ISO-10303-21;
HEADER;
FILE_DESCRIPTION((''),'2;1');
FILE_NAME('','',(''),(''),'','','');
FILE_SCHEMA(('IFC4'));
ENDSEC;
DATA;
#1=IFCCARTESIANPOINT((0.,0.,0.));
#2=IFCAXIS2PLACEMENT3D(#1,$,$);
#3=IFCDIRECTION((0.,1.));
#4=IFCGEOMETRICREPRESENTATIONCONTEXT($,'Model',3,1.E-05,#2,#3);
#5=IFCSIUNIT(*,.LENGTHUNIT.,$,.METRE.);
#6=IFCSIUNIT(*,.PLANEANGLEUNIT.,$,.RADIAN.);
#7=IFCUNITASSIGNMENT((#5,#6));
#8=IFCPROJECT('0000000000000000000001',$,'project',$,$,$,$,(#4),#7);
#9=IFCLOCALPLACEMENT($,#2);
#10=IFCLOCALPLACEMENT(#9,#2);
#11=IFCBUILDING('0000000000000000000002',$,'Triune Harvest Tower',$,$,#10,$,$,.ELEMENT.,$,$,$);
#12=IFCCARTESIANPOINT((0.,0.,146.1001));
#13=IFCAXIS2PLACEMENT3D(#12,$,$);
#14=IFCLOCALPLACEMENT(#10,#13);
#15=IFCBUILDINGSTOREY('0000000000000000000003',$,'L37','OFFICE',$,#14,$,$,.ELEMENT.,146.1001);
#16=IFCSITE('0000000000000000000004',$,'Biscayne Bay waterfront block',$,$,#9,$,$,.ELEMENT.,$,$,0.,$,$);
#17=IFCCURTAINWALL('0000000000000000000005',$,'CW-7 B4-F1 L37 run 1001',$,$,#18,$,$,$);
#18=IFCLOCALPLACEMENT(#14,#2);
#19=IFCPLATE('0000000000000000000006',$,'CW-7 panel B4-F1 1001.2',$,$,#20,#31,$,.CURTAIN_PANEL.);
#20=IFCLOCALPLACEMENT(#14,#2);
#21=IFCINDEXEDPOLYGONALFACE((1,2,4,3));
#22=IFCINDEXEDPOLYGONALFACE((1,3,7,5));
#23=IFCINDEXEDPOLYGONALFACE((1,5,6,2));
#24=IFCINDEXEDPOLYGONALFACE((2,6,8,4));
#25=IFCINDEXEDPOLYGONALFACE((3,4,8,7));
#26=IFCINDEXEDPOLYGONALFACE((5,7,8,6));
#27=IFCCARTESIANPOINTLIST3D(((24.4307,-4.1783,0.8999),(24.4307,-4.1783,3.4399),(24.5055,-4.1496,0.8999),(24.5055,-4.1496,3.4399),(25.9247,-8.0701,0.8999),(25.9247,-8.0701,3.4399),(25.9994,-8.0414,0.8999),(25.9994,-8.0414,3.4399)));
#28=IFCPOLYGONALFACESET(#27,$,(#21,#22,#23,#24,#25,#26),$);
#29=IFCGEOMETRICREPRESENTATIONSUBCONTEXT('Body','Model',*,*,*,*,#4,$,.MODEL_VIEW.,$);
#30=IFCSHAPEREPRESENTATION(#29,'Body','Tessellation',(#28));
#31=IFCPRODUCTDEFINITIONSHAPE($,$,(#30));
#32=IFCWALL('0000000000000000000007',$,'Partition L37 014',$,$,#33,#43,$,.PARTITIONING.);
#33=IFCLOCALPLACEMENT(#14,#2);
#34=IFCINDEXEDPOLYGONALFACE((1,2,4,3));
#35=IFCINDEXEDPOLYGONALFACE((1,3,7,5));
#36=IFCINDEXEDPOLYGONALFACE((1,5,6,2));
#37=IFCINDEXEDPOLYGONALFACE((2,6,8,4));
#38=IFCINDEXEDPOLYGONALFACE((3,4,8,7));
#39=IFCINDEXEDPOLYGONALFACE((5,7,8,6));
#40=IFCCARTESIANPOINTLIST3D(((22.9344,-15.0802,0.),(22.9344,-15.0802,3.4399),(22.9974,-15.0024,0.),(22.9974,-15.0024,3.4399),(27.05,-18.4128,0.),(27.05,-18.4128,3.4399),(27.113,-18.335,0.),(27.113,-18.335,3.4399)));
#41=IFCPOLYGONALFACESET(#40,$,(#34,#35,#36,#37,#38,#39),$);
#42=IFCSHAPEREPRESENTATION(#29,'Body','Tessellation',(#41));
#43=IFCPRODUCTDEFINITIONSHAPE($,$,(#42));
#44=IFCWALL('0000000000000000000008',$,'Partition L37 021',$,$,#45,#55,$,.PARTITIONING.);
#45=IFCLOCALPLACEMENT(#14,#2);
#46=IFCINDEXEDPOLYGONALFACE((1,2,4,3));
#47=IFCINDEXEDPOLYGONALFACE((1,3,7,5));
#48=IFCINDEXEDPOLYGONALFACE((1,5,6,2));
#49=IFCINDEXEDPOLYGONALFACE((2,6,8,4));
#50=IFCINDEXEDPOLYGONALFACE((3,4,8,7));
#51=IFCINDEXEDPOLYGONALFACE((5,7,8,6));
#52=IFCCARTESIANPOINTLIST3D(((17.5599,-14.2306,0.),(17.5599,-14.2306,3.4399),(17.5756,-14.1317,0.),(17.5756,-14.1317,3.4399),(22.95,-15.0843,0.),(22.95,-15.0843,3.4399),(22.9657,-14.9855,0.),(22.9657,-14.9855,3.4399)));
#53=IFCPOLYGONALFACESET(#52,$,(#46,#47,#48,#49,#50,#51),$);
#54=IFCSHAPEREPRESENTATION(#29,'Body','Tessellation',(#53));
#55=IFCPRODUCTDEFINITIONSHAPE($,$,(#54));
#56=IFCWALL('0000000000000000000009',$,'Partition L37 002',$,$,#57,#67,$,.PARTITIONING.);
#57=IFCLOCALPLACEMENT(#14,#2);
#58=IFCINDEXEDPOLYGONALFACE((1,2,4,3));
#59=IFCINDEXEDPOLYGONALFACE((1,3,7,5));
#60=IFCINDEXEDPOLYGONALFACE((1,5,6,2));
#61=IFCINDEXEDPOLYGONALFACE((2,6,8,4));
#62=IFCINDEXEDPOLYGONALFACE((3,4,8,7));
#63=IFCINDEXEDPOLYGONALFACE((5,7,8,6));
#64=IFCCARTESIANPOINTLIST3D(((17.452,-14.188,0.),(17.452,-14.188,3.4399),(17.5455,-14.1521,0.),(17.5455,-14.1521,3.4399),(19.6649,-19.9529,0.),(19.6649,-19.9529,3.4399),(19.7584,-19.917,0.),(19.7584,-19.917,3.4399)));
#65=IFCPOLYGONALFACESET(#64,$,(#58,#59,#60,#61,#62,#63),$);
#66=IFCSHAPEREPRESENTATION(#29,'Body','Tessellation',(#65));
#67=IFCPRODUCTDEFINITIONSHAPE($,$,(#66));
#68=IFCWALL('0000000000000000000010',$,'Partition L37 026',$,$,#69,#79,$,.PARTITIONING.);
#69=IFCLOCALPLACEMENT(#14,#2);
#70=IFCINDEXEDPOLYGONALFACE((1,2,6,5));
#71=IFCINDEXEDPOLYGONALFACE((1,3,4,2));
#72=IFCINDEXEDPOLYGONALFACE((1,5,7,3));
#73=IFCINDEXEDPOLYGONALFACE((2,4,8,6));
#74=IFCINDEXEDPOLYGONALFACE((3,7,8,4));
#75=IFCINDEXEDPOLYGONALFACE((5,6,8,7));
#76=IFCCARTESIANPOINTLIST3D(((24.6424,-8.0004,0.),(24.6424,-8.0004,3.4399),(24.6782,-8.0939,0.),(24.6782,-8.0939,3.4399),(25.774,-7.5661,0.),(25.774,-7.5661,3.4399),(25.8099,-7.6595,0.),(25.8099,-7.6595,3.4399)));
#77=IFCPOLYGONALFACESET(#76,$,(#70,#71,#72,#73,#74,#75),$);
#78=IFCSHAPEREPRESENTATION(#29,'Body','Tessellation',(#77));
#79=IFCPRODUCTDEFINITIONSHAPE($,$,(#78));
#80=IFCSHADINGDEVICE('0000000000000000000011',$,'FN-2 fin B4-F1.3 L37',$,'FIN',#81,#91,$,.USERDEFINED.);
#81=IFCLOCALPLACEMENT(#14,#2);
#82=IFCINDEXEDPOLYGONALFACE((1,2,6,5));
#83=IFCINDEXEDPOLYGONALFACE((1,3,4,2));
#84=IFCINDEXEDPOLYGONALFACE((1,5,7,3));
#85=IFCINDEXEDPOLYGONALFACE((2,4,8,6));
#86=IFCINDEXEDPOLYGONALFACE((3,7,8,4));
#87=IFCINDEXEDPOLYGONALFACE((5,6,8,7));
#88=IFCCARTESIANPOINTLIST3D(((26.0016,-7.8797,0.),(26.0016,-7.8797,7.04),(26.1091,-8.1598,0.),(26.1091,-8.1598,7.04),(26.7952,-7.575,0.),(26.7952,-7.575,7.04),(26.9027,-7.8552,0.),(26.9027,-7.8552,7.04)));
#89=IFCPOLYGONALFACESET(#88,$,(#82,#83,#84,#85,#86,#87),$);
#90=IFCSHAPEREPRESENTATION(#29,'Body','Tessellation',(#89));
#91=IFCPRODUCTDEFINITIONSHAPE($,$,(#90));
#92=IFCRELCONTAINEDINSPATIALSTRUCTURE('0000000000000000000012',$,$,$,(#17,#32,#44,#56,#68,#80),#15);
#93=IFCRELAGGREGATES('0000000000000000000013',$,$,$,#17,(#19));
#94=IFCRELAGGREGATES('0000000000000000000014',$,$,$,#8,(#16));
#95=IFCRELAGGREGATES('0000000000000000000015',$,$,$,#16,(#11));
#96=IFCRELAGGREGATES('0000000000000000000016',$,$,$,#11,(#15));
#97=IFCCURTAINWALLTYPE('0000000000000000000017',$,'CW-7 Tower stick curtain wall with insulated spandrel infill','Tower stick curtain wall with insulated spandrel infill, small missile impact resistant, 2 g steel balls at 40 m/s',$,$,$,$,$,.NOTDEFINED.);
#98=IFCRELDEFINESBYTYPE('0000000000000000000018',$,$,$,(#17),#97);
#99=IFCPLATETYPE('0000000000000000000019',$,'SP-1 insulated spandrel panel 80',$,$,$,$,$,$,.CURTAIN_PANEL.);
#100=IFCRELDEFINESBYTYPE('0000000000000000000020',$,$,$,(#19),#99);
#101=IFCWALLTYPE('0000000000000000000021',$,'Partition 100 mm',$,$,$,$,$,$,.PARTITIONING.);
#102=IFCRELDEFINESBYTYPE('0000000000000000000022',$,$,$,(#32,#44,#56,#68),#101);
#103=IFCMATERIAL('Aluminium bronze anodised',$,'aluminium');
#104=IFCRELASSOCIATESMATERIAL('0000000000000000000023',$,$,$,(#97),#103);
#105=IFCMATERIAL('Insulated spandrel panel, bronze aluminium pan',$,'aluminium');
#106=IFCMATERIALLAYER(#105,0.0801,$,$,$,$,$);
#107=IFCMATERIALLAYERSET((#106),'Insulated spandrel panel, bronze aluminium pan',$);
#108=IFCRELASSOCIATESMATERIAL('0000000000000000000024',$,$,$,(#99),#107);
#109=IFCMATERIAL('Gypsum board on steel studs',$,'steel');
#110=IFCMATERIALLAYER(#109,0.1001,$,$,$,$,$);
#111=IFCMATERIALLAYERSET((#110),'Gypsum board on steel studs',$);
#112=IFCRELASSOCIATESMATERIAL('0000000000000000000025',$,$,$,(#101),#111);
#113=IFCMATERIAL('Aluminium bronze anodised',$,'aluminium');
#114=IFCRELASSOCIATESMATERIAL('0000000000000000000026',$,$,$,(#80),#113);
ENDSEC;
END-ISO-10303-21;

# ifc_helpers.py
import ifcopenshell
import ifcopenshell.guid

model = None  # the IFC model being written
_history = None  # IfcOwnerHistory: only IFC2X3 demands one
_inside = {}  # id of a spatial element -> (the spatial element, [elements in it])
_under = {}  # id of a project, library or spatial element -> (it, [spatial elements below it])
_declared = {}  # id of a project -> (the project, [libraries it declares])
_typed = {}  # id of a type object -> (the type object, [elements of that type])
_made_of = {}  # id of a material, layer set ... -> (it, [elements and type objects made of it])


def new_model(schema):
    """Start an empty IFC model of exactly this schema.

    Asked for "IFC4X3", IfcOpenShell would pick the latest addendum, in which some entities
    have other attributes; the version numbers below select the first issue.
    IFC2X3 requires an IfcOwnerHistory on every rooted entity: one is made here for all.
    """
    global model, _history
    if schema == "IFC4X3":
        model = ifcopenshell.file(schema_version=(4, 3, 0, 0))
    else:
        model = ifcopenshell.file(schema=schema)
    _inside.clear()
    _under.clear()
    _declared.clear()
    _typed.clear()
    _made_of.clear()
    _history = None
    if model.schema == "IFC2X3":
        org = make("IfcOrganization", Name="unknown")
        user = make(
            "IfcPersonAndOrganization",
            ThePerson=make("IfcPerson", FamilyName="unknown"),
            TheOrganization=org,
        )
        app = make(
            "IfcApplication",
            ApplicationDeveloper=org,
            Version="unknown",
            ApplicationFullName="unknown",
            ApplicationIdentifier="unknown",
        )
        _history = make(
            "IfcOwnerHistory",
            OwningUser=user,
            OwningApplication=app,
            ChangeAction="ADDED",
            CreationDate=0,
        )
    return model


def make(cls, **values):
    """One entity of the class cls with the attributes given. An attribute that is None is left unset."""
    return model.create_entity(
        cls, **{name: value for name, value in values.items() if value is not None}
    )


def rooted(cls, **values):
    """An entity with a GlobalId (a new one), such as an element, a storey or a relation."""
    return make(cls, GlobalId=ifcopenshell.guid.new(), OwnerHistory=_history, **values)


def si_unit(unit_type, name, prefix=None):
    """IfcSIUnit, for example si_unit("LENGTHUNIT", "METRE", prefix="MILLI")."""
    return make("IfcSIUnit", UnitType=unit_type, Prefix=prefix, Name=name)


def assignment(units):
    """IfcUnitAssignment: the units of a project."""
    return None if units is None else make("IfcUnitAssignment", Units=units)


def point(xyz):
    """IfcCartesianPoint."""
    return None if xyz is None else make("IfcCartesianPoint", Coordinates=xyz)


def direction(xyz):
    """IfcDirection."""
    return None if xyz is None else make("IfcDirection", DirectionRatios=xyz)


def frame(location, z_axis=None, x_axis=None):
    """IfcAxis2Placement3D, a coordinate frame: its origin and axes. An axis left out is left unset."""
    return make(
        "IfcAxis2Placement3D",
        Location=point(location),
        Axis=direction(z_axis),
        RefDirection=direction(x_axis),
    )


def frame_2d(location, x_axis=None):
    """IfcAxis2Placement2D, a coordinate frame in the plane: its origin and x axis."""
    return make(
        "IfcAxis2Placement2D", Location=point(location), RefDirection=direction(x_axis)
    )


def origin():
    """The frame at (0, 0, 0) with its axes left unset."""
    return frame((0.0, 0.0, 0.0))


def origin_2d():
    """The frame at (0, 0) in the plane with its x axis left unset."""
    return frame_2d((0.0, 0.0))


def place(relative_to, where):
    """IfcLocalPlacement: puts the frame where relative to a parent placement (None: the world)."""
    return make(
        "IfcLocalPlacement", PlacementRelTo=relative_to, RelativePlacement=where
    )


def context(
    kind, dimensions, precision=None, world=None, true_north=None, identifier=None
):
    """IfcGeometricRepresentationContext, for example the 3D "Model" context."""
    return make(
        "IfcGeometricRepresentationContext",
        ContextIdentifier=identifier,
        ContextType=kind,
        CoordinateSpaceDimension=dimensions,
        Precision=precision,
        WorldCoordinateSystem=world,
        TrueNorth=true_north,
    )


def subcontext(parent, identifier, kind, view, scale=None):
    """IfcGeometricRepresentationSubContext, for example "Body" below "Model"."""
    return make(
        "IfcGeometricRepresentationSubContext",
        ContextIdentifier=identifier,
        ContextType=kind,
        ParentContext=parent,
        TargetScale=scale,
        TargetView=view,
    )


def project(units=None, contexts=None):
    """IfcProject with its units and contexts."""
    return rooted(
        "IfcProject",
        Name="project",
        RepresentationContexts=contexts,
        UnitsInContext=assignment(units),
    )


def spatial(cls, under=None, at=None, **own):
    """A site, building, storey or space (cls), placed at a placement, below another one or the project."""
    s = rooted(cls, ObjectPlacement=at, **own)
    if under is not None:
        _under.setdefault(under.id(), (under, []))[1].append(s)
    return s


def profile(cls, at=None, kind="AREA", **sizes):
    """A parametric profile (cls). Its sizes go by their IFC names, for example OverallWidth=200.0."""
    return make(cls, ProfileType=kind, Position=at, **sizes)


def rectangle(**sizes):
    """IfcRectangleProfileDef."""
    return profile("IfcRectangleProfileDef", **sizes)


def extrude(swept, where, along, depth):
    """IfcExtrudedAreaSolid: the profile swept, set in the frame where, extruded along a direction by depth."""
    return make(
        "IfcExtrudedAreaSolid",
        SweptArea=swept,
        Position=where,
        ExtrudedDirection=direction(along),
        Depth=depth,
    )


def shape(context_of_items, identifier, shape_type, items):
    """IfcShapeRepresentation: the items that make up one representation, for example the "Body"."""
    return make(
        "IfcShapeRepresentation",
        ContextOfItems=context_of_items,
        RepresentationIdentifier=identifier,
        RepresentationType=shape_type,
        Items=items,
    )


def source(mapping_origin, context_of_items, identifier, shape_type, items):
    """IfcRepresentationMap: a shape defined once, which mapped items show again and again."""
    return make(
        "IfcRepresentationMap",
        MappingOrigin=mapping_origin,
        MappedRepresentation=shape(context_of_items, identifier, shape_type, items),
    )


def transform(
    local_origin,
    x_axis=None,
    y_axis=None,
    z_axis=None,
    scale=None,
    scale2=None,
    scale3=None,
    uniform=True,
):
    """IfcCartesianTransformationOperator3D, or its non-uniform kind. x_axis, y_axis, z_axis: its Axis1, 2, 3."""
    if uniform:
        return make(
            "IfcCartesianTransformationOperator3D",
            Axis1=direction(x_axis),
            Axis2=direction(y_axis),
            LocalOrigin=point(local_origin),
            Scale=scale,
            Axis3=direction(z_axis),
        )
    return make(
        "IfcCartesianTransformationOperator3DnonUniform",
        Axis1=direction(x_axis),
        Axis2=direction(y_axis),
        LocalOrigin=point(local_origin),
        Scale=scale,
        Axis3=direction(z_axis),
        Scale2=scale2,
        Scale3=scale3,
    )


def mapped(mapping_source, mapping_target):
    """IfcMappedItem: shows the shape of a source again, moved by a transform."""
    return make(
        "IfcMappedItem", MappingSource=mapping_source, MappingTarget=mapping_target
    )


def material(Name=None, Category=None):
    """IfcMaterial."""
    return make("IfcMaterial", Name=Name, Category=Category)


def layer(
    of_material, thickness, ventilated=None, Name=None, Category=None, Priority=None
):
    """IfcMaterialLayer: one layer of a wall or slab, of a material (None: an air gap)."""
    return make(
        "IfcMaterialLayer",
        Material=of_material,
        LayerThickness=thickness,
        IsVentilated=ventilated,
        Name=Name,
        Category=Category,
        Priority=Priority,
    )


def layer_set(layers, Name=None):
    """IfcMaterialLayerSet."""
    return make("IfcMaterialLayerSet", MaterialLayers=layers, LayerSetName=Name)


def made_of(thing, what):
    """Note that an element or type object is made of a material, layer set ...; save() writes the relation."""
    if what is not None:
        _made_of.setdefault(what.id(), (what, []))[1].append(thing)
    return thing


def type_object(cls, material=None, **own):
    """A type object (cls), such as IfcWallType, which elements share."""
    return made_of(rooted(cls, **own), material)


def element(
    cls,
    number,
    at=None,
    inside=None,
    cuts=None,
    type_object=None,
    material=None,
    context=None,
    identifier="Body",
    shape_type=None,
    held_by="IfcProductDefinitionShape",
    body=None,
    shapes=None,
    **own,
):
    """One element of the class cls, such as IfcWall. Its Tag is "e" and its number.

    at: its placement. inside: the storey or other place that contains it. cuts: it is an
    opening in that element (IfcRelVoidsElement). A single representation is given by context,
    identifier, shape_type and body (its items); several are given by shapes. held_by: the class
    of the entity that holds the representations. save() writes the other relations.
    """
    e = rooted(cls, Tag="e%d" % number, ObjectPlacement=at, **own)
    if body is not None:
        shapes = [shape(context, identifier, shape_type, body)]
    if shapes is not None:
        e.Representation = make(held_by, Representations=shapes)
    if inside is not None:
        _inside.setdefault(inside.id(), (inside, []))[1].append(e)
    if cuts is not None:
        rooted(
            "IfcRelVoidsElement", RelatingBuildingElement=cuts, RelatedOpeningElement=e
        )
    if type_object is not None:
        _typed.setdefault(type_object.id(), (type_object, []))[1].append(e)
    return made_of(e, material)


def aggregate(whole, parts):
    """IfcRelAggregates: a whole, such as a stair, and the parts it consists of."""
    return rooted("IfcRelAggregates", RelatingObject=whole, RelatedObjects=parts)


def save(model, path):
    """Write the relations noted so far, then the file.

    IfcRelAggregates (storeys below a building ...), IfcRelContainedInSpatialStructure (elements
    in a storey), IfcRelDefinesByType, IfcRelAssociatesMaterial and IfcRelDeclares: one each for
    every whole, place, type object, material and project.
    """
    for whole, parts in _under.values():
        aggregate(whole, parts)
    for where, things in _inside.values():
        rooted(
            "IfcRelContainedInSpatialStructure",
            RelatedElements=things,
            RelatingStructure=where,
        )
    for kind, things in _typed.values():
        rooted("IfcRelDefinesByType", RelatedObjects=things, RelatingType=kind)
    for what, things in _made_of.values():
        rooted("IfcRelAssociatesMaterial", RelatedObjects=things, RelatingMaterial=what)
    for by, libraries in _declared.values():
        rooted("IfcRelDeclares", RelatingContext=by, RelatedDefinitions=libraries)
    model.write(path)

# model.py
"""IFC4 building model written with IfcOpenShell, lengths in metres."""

from ifc_helpers import new_model, si_unit, direction, frame, frame_2d, origin, origin_2d, place, context, subcontext, project, spatial, rectangle, extrude, source, transform, mapped, material, layer, layer_set, type_object, element, aggregate, save


model = new_model("IFC4")

# Units and contexts
model_context = context("Model", 3, precision=1e-05, world=origin(), true_north=direction((0.0, 1.0)))
body_context = subcontext(model_context, "Body", "Model", "MODEL_VIEW")
ifc_project = project(units=[si_unit("LENGTHUNIT", "METRE"), si_unit("PLANEANGLEUNIT", "RADIAN")], contexts=[model_context])

# Site, building, storey
site_placement = place(None, origin())
site = spatial("IfcSite", under=ifc_project, at=site_placement, Name="Biscayne Bay waterfront block", CompositionType="ELEMENT", RefElevation=0.0)
building_placement = place(site_placement, origin())
building = spatial("IfcBuilding", under=site, at=building_placement, Name="Triune Harvest Tower", CompositionType="ELEMENT")
storey_placement = place(building_placement, frame((0.0, 0.0, 146.1001)))
storey = spatial("IfcBuildingStorey", under=building, at=storey_placement, Name="L37", Description="OFFICE", CompositionType="ELEMENT", Elevation=146.1001)

# Curtain wall
ifc_material_1 = material(Name="Aluminium bronze anodised", Category="aluminium")
curtain_wall_type_1 = type_object("IfcCurtainWallType", Name="CW-7 Tower stick curtain wall with insulated spandrel infill", Description="Tower stick curtain wall with insulated spandrel infill, small missile impact resistant, 2 g steel balls at 40 m/s", PredefinedType="NOTDEFINED", material=ifc_material_1)
curtain_wall_1_placement = place(storey_placement, origin())
curtain_wall_1 = element("IfcCurtainWall", 1, at=curtain_wall_1_placement, inside=storey, type_object=curtain_wall_type_1, Name="CW-7 B4-F1 L37 run 1001")

# Plate
ifc_material_2 = material(Name="Insulated spandrel panel, bronze aluminium pan", Category="aluminium")
ifc_layer_1 = layer(ifc_material_2, 0.0801)
ifc_layer_set_1 = layer_set([ifc_layer_1], Name="Insulated spandrel panel, bronze aluminium pan")
plate_type_1 = type_object("IfcPlateType", Name="SP-1 insulated spandrel panel 80", PredefinedType="CURTAIN_PANEL", material=ifc_layer_set_1)
shared_shape_1 = source(origin(), body_context, "Body", "SweptSolid", [
    extrude(rectangle(XDim=4.1687, YDim=0.0801, at=origin_2d()), origin(), (0.0, 0.0, 1.0), 2.54),
])
plate_1_placement = place(storey_placement, frame((25.2151, -6.1099, 0.8999), z_axis=(0.0, 0.0, 1.0), x_axis=(-0.35837, 0.93358, 0.0)))
plate_1 = element("IfcPlate", 2, at=plate_1_placement, type_object=plate_type_1, Name="CW-7 panel B4-F1 1001.2", PredefinedType="CURTAIN_PANEL", context=body_context, shape_type="MappedRepresentation", body=[
    mapped(shared_shape_1, transform((0.0, 0.0, 0.0), scale=1.0)),
])
aggregate(curtain_wall_1, [plate_1])

# Walls
ifc_material_3 = material(Name="Gypsum board on steel studs", Category="steel")
ifc_layer_2 = layer(ifc_material_3, 0.1001)
ifc_layer_set_2 = layer_set([ifc_layer_2], Name="Gypsum board on steel studs")
wall_type = type_object("IfcWallType", Name="Partition 100 mm", PredefinedType="PARTITIONING", material=ifc_layer_set_2)
wall_1_placement = place(storey_placement, frame((22.9658, -15.0413, 0.0), z_axis=(0.0, 0.0, 1.0), x_axis=(0.777158, -0.629306, 0.0)))
element("IfcWall", 3, at=wall_1_placement, inside=storey, type_object=wall_type, Name="Partition L37 014", PredefinedType="PARTITIONING", context=body_context, shape_type="SweptSolid", body=[
    extrude(rectangle(XDim=5.2957, YDim=0.1001, at=frame_2d((2.6479, 0.0))), origin(), (0.0, 0.0, 1.0), 3.4399),
])
wall_2_placement = place(storey_placement, frame((17.5679, -14.1812, 0.0), z_axis=(0.0, 0.0, 1.0), x_axis=(0.987687, -0.156443, 0.0)))
element("IfcWall", 4, at=wall_2_placement, inside=storey, type_object=wall_type, Name="Partition L37 021", PredefinedType="PARTITIONING", context=body_context, shape_type="SweptSolid", body=[
    extrude(rectangle(XDim=5.4573, YDim=0.1001, at=frame_2d((2.7285, 0.0))), origin(), (0.0, 0.0, 1.0), 3.4399),
])
shared_shape_2 = source(origin(), body_context, "Body", "SweptSolid", [
    extrude(rectangle(XDim=6.175, YDim=0.1001, at=frame_2d((3.0874, 0.0))), origin(), (0.0, 0.0, 1.0), 3.4399),
])
wall_3_placement = place(storey_placement, frame((17.4988, -14.1702, 0.0), z_axis=(0.0, 0.0, 1.0), x_axis=(0.358362, -0.933583, 0.0)))
element("IfcWall", 5, at=wall_3_placement, inside=storey, type_object=wall_type, Name="Partition L37 002", PredefinedType="PARTITIONING", context=body_context, shape_type="MappedRepresentation", body=[
    mapped(shared_shape_2, transform((0.0, 0.0, 0.0), scale=1.0)),
])
shared_shape_3 = source(origin(), body_context, "Body", "SweptSolid", [
    extrude(rectangle(XDim=1.2122, YDim=0.1001, at=frame_2d((0.606, 0.0))), origin(), (0.0, 0.0, 1.0), 3.4399),
])
wall_4_placement = place(storey_placement, frame((24.6604, -8.0471, 0.0), z_axis=(0.0, 0.0, 1.0), x_axis=(0.933595, 0.358331, 0.0)))
element("IfcWall", 6, at=wall_4_placement, inside=storey, type_object=wall_type, Name="Partition L37 026", PredefinedType="PARTITIONING", context=body_context, shape_type="MappedRepresentation", body=[
    mapped(shared_shape_3, transform((0.0, 0.0, 0.0), scale=1.0)),
])

# Shading device
ifc_material_4 = material(Name="Aluminium bronze anodised", Category="aluminium")
shared_shape_4 = source(origin(), body_context, "Body", "SweptSolid", [
    extrude(rectangle(XDim=0.3, YDim=0.8501, at=origin_2d()), origin(), (0.0, 0.0, 1.0), 7.04),
])
shading_device_placement = place(storey_placement, frame((26.4521, -7.8674, 0.0), z_axis=(0.0, 0.0, 1.0), x_axis=(-0.358369, 0.93358, 0.0)))
element("IfcShadingDevice", 7, at=shading_device_placement, inside=storey, material=ifc_material_4, Name="FN-2 fin B4-F1.3 L37", ObjectType="FIN", PredefinedType="USERDEFINED", context=body_context, shape_type="MappedRepresentation", body=[
    mapped(shared_shape_4, transform((0.0, 0.0, 0.0), scale=1.0)),
])

save(model, "model.ifc")
